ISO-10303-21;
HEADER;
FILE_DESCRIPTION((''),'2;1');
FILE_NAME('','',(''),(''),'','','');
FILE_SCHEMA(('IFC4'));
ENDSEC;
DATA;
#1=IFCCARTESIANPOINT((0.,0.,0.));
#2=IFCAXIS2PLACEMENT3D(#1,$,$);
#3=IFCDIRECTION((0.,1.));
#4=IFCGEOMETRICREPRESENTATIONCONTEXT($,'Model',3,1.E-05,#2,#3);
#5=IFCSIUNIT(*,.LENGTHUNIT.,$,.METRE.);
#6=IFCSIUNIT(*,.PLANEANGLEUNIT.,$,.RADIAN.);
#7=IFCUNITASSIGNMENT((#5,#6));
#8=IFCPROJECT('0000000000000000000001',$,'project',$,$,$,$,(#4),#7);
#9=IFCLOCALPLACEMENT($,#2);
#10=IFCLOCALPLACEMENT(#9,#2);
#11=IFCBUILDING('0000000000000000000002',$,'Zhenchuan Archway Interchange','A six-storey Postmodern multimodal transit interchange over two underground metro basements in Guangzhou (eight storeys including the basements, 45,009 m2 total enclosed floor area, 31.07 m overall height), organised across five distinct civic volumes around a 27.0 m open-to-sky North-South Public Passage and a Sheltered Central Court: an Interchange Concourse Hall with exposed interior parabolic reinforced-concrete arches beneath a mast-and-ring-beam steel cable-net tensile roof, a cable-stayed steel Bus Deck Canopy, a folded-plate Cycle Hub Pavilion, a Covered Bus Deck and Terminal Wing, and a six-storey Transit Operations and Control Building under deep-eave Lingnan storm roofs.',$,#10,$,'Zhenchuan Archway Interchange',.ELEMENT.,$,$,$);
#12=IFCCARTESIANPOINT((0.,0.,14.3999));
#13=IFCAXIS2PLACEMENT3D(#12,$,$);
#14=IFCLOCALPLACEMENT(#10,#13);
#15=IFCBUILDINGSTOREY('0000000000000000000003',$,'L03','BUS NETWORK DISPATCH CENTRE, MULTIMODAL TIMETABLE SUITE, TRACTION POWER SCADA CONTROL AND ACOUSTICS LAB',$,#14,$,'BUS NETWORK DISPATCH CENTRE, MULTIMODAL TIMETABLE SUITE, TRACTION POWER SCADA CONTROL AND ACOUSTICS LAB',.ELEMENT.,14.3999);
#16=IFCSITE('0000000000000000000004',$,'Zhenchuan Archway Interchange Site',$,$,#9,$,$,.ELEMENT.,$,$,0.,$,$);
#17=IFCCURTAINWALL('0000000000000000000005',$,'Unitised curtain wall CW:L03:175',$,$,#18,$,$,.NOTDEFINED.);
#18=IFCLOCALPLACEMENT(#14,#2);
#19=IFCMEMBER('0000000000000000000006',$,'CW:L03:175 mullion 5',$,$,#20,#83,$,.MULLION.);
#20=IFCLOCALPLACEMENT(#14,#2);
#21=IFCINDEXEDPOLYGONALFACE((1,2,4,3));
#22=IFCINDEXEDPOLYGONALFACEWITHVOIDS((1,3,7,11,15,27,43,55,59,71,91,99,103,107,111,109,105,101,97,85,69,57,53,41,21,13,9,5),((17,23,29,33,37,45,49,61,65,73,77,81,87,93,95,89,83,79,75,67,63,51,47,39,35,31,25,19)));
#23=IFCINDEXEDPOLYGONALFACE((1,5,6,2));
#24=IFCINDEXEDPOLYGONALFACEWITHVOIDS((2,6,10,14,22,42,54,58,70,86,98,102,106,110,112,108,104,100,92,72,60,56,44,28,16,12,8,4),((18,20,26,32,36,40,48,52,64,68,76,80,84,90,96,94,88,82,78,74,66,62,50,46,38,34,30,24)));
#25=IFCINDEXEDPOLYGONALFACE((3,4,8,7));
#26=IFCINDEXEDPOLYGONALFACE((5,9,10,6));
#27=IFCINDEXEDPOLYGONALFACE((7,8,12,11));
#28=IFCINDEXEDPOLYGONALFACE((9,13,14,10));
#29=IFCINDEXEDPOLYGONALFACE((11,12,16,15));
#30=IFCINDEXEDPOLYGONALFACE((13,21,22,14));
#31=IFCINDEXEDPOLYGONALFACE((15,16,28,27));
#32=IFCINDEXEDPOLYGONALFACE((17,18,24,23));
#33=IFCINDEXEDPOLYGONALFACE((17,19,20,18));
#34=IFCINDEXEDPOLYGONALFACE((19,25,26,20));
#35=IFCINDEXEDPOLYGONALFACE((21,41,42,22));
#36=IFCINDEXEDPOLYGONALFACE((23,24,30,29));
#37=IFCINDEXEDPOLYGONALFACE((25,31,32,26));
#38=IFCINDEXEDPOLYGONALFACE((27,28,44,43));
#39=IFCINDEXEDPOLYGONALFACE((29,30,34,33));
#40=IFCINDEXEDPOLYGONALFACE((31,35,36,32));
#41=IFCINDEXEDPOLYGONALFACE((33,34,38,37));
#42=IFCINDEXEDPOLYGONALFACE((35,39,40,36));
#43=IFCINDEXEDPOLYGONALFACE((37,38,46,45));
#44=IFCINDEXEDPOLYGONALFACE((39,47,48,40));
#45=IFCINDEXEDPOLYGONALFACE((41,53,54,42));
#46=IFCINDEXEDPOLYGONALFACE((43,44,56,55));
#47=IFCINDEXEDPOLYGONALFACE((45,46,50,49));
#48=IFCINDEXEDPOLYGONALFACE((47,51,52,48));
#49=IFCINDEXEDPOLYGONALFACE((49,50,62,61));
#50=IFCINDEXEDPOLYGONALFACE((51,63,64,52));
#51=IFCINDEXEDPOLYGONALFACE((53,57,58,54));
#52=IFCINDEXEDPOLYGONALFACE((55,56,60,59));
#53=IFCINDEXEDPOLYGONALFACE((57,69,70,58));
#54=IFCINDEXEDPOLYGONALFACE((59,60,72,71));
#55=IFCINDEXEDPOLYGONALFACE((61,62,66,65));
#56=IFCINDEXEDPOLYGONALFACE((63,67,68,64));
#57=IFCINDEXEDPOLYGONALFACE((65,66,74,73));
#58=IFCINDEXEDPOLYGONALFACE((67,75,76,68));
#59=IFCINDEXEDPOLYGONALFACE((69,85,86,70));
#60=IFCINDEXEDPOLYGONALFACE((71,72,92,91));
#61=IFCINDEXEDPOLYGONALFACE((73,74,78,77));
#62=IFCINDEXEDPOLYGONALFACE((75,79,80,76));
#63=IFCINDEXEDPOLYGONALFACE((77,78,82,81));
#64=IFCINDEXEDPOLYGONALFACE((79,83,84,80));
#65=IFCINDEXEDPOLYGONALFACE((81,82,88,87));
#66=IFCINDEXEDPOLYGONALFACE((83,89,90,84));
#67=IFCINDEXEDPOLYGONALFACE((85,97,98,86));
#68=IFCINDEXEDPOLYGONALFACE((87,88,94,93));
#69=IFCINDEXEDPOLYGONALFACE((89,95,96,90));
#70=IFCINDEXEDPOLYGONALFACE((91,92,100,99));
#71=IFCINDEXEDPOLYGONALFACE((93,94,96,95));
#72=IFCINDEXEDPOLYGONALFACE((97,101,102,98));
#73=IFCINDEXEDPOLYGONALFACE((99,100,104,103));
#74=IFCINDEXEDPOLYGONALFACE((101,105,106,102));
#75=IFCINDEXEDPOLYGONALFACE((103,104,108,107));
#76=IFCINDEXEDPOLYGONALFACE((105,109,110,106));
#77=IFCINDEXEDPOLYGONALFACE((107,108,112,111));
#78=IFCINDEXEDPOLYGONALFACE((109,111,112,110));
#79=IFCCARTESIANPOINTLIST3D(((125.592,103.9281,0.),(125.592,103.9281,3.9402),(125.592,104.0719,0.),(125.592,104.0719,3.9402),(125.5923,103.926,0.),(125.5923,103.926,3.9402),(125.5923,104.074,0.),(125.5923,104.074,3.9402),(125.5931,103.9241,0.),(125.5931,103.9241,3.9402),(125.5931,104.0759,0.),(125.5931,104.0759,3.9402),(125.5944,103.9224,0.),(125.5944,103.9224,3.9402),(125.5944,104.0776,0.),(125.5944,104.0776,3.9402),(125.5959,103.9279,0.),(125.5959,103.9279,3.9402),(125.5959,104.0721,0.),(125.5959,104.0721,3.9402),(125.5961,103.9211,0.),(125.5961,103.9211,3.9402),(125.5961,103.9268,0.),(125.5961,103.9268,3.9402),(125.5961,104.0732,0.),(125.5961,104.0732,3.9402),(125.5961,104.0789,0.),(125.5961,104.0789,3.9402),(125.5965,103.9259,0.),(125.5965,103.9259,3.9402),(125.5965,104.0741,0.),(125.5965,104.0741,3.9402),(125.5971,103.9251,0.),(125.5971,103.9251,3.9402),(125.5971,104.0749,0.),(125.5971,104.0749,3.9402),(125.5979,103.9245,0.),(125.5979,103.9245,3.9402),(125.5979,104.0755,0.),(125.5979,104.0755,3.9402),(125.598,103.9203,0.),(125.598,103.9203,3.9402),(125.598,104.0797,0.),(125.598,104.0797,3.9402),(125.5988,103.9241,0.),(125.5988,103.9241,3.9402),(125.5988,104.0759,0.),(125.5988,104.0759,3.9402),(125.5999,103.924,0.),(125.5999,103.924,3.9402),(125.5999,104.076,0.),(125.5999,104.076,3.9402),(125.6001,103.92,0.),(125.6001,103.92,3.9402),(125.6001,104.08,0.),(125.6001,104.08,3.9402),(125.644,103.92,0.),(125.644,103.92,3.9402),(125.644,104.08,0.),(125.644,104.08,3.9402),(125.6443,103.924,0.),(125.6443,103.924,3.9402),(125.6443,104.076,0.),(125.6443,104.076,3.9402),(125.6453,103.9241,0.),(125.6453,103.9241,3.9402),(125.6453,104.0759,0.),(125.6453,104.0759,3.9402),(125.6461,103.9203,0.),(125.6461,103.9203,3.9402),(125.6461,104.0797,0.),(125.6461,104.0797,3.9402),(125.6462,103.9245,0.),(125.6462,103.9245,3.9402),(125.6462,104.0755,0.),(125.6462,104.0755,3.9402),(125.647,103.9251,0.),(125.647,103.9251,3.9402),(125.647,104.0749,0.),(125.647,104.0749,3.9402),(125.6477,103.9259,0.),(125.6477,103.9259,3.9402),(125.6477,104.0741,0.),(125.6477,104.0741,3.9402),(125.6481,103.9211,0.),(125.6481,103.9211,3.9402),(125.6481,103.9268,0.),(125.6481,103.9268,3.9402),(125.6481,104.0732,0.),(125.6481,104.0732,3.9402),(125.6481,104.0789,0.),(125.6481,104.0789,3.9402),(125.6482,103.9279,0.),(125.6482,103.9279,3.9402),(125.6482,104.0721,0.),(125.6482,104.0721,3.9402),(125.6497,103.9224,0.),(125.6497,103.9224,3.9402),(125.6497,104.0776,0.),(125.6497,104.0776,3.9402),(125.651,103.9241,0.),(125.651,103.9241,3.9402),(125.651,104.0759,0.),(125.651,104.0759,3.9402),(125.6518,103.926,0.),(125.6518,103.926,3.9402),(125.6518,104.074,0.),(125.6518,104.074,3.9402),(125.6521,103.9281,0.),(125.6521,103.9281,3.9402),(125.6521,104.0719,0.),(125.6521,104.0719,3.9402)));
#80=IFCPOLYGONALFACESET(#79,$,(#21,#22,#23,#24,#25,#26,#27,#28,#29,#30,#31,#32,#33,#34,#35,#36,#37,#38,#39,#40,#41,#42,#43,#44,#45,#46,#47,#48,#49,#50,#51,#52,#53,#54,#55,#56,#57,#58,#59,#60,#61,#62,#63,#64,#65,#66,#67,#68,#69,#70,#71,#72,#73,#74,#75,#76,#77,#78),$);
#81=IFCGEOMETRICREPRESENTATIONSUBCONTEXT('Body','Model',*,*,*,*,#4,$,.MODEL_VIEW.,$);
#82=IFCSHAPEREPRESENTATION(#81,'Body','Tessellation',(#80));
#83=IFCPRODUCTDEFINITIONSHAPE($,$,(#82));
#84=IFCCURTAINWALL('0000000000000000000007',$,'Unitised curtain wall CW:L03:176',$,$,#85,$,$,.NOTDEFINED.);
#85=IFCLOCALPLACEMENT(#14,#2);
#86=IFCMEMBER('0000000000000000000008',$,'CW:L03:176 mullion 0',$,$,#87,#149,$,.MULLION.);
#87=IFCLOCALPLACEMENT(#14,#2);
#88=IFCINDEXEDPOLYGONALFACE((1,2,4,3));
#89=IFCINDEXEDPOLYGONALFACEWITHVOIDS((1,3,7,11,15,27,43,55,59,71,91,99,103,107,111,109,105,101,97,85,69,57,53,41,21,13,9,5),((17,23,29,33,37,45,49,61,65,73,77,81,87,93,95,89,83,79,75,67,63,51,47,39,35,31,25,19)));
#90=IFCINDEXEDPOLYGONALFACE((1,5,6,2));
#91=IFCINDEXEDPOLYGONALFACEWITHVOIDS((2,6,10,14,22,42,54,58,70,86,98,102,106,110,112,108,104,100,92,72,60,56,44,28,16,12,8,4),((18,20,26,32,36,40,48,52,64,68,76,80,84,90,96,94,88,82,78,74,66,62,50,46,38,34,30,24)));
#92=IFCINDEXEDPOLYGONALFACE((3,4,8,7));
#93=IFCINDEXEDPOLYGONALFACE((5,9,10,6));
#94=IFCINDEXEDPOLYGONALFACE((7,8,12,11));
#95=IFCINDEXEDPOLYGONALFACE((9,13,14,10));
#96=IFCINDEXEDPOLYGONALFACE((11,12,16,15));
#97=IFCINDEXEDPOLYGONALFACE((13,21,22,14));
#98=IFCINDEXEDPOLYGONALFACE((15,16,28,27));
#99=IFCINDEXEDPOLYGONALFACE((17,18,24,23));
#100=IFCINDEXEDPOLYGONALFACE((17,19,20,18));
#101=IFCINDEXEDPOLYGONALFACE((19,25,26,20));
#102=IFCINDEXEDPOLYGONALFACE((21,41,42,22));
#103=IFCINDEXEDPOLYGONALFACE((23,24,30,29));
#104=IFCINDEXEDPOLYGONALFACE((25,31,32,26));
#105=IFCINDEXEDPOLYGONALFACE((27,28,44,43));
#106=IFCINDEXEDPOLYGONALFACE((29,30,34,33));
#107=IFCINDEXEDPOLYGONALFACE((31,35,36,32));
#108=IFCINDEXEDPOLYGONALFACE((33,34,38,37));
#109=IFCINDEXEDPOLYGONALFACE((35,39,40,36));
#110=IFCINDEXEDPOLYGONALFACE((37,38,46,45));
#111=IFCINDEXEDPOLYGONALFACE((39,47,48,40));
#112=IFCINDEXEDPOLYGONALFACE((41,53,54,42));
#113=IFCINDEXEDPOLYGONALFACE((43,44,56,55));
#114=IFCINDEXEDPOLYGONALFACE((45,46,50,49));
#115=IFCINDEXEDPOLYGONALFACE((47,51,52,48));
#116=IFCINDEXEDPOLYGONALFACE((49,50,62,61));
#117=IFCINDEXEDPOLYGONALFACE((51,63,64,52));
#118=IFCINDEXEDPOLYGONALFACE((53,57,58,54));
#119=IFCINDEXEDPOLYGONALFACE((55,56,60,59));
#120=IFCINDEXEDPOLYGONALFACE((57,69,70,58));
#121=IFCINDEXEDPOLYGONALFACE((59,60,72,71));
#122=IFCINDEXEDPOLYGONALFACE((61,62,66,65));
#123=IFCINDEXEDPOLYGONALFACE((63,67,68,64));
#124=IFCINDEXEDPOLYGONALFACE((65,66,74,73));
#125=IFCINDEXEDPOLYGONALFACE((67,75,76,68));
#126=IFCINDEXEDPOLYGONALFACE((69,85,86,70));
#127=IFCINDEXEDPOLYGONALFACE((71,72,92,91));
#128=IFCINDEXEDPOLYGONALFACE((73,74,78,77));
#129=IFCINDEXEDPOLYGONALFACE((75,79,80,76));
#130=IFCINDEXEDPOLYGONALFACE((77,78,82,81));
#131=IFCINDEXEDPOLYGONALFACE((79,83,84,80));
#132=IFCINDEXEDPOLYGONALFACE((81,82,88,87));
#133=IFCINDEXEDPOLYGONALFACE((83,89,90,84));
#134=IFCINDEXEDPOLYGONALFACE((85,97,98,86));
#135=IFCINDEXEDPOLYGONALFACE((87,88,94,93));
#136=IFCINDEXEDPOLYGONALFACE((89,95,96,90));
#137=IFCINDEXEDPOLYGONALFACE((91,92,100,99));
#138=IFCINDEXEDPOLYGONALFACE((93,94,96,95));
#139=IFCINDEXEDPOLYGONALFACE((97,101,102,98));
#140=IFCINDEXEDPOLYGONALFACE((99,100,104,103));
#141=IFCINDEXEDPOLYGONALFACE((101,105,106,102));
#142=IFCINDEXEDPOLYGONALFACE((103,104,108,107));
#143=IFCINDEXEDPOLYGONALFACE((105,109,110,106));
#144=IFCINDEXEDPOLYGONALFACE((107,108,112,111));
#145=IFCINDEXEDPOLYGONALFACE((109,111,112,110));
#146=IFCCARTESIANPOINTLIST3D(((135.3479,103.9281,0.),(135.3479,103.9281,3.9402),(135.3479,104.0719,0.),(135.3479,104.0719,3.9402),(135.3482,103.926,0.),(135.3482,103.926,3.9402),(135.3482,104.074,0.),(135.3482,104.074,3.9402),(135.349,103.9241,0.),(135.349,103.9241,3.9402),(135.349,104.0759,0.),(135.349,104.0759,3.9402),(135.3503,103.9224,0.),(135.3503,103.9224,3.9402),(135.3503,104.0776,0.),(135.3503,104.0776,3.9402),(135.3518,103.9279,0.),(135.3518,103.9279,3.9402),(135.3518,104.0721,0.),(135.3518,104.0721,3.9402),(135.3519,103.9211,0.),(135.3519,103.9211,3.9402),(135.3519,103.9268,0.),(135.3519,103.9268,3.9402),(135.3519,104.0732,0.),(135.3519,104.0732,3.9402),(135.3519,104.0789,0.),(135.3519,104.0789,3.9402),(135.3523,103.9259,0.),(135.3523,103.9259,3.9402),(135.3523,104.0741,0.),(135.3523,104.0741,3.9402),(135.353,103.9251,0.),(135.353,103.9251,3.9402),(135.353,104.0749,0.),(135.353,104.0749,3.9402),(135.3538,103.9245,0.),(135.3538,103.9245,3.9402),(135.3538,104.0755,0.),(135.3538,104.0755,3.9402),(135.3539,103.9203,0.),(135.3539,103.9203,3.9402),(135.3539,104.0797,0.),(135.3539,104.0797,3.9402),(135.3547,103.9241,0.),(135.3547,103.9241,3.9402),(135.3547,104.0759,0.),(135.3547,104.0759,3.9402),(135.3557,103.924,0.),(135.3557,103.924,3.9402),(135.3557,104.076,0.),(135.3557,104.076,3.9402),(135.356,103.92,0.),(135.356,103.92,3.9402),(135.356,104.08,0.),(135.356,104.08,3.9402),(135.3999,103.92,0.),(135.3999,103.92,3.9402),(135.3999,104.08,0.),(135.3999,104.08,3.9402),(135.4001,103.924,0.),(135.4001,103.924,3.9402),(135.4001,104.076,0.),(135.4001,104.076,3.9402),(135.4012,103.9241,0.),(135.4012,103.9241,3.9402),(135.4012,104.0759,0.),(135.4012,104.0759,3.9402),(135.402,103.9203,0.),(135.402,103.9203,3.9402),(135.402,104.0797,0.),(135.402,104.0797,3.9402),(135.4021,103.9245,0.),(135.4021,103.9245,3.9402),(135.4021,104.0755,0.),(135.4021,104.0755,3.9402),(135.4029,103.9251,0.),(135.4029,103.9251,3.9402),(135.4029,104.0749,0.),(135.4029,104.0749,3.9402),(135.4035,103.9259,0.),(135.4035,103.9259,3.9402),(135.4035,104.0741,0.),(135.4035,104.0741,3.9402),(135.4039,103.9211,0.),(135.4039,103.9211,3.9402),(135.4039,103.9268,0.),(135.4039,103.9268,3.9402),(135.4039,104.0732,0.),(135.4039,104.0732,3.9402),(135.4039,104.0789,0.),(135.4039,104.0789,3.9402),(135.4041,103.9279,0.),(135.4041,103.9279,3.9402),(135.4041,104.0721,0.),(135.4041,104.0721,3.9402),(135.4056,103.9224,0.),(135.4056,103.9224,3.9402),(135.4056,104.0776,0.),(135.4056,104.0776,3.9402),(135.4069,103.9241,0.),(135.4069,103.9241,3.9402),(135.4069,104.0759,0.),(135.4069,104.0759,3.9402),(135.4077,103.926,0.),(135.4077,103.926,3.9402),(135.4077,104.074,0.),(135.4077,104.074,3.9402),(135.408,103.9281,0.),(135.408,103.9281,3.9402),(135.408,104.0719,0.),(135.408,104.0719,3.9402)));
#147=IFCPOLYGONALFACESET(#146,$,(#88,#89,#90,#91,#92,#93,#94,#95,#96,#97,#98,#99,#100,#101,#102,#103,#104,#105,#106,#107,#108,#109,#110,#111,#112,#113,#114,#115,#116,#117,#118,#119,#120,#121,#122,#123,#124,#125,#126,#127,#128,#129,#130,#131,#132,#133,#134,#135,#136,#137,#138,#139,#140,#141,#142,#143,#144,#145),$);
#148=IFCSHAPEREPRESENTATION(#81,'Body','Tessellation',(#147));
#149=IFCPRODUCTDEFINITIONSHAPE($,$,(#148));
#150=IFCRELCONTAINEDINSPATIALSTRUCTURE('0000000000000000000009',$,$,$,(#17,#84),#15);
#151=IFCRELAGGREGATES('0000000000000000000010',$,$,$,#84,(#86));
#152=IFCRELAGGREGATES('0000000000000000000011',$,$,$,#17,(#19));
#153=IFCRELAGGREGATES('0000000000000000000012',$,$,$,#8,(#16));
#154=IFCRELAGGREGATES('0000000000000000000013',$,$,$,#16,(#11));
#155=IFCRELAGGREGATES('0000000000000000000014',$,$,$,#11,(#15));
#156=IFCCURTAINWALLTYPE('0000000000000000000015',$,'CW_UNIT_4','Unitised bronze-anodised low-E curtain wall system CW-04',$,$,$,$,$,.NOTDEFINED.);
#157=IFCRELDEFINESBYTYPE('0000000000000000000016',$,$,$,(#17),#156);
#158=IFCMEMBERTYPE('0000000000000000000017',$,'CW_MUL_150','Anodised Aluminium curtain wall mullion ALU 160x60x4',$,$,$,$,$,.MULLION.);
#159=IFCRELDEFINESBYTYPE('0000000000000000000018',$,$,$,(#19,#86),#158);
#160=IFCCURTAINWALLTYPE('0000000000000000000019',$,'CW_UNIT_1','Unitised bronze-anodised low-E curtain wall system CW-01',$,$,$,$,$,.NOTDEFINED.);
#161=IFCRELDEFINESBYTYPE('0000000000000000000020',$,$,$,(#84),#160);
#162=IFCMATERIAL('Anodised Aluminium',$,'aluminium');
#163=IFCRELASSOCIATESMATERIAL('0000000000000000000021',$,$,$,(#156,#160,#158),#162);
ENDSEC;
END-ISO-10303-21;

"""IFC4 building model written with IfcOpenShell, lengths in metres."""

from ifc_helpers import new_model, si_unit, direction, frame, origin, origin_2d, place, context, subcontext, project, spatial, hollow_rectangle, extrude, material, material_profile, profile_set, type_object, element, aggregate, save


model = new_model("IFC4")

# Units and contexts
model_context = context("Model", 3, precision=1e-05, world=origin(), true_north=direction((0.0, 1.0)))
body_context = subcontext(model_context, "Body", "Model", "MODEL_VIEW")
ifc_project = project(units=[si_unit("LENGTHUNIT", "METRE"), si_unit("PLANEANGLEUNIT", "RADIAN")], contexts=[model_context])

# Site, building, storey
site_placement = place(None, origin())
site = spatial("IfcSite", under=ifc_project, at=site_placement, Name="Zhenchuan Archway Interchange Site", CompositionType="ELEMENT", RefElevation=0.0)
building_placement = place(site_placement, origin())
building = spatial("IfcBuilding", under=site, at=building_placement, Name="Zhenchuan Archway Interchange", Description="A six-storey Postmodern multimodal transit interchange over two underground metro basements in Guangzhou (eight storeys including the basements, 45,009 m2 total enclosed floor area, 31.07 m overall height), organised across five distinct civic volumes around a 27.0 m open-to-sky North-South Public Passage and a Sheltered Central Court: an Interchange Concourse Hall with exposed interior parabolic reinforced-concrete arches beneath a mast-and-ring-beam steel cable-net tensile roof, a cable-stayed steel Bus Deck Canopy, a folded-plate Cycle Hub Pavilion, a Covered Bus Deck and Terminal Wing, and a six-storey Transit Operations and Control Building under deep-eave Lingnan storm roofs.", LongName="Zhenchuan Archway Interchange", CompositionType="ELEMENT")
storey_placement = place(building_placement, frame((0.0, 0.0, 14.3999)))
storey = spatial("IfcBuildingStorey", under=building, at=storey_placement, Name="L03", Description="BUS NETWORK DISPATCH CENTRE, MULTIMODAL TIMETABLE SUITE, TRACTION POWER SCADA CONTROL AND ACOUSTICS LAB", LongName="BUS NETWORK DISPATCH CENTRE, MULTIMODAL TIMETABLE SUITE, TRACTION POWER SCADA CONTROL AND ACOUSTICS LAB", CompositionType="ELEMENT", Elevation=14.3999)

# Curtain wall, member
ifc_material_1 = material(Name="Anodised Aluminium", Category="aluminium")
curtain_wall_type_1 = type_object("IfcCurtainWallType", Name="CW_UNIT_4", Description="Unitised bronze-anodised low-E curtain wall system CW-04", PredefinedType="NOTDEFINED", material=ifc_material_1)
curtain_wall_1_placement = place(storey_placement, origin())
curtain_wall_1 = element("IfcCurtainWall", 1, at=curtain_wall_1_placement, inside=storey, type_object=curtain_wall_type_1, Name="Unitised curtain wall CW:L03:175", PredefinedType="NOTDEFINED")
ifc_material_profile_1 = material_profile(ifc_material_1, hollow_rectangle(XDim=0.0601, YDim=0.1599, WallThickness=0.0039, InnerFilletRadius=0.0039, OuterFilletRadius=0.0081, at=origin_2d()), Name="ALU 160x60x4")
ifc_profile_set_1 = profile_set([ifc_material_profile_1], Name="Anodised Aluminium")
member_type_1 = type_object("IfcMemberType", Name="CW_MUL_150", Description="Anodised Aluminium curtain wall mullion ALU 160x60x4", PredefinedType="MULLION", material=ifc_profile_set_1)
member_1_placement = place(storey_placement, frame((125.6221, 104.0, 0.0), z_axis=(0.0, 0.0, 1.0), x_axis=(1.0, 0.0, 0.0)))
member_1 = element("IfcMember", 2, at=member_1_placement, type_object=member_type_1, Name="CW:L03:175 mullion 5", PredefinedType="MULLION", context=body_context, shape_type="SweptSolid", body=[
    extrude(hollow_rectangle(XDim=0.0601, YDim=0.1599, WallThickness=0.0039, InnerFilletRadius=0.0039, OuterFilletRadius=0.0081, at=origin_2d()), origin(), (0.0, 0.0, 1.0), 3.9402),
])

# Curtain wall, member
curtain_wall_type_2 = type_object("IfcCurtainWallType", Name="CW_UNIT_1", Description="Unitised bronze-anodised low-E curtain wall system CW-01", PredefinedType="NOTDEFINED", material=ifc_material_1)
curtain_wall_2_placement = place(storey_placement, origin())
curtain_wall_2 = element("IfcCurtainWall", 3, at=curtain_wall_2_placement, inside=storey, type_object=curtain_wall_type_2, Name="Unitised curtain wall CW:L03:176", PredefinedType="NOTDEFINED")
member_2_placement = place(storey_placement, frame((135.3779, 104.0, 0.0), z_axis=(0.0, 0.0, 1.0), x_axis=(1.0, 0.0, 0.0)))
member_2 = element("IfcMember", 4, at=member_2_placement, type_object=member_type_1, Name="CW:L03:176 mullion 0", PredefinedType="MULLION", context=body_context, shape_type="SweptSolid", body=[
    extrude(hollow_rectangle(XDim=0.0601, YDim=0.1599, WallThickness=0.0039, InnerFilletRadius=0.0039, OuterFilletRadius=0.0081, at=origin_2d()), origin(), (0.0, 0.0, 1.0), 3.9402),
])
aggregate(curtain_wall_2, [member_2])

aggregate(curtain_wall_1, [member_1])

save(model, "model.ifc")
